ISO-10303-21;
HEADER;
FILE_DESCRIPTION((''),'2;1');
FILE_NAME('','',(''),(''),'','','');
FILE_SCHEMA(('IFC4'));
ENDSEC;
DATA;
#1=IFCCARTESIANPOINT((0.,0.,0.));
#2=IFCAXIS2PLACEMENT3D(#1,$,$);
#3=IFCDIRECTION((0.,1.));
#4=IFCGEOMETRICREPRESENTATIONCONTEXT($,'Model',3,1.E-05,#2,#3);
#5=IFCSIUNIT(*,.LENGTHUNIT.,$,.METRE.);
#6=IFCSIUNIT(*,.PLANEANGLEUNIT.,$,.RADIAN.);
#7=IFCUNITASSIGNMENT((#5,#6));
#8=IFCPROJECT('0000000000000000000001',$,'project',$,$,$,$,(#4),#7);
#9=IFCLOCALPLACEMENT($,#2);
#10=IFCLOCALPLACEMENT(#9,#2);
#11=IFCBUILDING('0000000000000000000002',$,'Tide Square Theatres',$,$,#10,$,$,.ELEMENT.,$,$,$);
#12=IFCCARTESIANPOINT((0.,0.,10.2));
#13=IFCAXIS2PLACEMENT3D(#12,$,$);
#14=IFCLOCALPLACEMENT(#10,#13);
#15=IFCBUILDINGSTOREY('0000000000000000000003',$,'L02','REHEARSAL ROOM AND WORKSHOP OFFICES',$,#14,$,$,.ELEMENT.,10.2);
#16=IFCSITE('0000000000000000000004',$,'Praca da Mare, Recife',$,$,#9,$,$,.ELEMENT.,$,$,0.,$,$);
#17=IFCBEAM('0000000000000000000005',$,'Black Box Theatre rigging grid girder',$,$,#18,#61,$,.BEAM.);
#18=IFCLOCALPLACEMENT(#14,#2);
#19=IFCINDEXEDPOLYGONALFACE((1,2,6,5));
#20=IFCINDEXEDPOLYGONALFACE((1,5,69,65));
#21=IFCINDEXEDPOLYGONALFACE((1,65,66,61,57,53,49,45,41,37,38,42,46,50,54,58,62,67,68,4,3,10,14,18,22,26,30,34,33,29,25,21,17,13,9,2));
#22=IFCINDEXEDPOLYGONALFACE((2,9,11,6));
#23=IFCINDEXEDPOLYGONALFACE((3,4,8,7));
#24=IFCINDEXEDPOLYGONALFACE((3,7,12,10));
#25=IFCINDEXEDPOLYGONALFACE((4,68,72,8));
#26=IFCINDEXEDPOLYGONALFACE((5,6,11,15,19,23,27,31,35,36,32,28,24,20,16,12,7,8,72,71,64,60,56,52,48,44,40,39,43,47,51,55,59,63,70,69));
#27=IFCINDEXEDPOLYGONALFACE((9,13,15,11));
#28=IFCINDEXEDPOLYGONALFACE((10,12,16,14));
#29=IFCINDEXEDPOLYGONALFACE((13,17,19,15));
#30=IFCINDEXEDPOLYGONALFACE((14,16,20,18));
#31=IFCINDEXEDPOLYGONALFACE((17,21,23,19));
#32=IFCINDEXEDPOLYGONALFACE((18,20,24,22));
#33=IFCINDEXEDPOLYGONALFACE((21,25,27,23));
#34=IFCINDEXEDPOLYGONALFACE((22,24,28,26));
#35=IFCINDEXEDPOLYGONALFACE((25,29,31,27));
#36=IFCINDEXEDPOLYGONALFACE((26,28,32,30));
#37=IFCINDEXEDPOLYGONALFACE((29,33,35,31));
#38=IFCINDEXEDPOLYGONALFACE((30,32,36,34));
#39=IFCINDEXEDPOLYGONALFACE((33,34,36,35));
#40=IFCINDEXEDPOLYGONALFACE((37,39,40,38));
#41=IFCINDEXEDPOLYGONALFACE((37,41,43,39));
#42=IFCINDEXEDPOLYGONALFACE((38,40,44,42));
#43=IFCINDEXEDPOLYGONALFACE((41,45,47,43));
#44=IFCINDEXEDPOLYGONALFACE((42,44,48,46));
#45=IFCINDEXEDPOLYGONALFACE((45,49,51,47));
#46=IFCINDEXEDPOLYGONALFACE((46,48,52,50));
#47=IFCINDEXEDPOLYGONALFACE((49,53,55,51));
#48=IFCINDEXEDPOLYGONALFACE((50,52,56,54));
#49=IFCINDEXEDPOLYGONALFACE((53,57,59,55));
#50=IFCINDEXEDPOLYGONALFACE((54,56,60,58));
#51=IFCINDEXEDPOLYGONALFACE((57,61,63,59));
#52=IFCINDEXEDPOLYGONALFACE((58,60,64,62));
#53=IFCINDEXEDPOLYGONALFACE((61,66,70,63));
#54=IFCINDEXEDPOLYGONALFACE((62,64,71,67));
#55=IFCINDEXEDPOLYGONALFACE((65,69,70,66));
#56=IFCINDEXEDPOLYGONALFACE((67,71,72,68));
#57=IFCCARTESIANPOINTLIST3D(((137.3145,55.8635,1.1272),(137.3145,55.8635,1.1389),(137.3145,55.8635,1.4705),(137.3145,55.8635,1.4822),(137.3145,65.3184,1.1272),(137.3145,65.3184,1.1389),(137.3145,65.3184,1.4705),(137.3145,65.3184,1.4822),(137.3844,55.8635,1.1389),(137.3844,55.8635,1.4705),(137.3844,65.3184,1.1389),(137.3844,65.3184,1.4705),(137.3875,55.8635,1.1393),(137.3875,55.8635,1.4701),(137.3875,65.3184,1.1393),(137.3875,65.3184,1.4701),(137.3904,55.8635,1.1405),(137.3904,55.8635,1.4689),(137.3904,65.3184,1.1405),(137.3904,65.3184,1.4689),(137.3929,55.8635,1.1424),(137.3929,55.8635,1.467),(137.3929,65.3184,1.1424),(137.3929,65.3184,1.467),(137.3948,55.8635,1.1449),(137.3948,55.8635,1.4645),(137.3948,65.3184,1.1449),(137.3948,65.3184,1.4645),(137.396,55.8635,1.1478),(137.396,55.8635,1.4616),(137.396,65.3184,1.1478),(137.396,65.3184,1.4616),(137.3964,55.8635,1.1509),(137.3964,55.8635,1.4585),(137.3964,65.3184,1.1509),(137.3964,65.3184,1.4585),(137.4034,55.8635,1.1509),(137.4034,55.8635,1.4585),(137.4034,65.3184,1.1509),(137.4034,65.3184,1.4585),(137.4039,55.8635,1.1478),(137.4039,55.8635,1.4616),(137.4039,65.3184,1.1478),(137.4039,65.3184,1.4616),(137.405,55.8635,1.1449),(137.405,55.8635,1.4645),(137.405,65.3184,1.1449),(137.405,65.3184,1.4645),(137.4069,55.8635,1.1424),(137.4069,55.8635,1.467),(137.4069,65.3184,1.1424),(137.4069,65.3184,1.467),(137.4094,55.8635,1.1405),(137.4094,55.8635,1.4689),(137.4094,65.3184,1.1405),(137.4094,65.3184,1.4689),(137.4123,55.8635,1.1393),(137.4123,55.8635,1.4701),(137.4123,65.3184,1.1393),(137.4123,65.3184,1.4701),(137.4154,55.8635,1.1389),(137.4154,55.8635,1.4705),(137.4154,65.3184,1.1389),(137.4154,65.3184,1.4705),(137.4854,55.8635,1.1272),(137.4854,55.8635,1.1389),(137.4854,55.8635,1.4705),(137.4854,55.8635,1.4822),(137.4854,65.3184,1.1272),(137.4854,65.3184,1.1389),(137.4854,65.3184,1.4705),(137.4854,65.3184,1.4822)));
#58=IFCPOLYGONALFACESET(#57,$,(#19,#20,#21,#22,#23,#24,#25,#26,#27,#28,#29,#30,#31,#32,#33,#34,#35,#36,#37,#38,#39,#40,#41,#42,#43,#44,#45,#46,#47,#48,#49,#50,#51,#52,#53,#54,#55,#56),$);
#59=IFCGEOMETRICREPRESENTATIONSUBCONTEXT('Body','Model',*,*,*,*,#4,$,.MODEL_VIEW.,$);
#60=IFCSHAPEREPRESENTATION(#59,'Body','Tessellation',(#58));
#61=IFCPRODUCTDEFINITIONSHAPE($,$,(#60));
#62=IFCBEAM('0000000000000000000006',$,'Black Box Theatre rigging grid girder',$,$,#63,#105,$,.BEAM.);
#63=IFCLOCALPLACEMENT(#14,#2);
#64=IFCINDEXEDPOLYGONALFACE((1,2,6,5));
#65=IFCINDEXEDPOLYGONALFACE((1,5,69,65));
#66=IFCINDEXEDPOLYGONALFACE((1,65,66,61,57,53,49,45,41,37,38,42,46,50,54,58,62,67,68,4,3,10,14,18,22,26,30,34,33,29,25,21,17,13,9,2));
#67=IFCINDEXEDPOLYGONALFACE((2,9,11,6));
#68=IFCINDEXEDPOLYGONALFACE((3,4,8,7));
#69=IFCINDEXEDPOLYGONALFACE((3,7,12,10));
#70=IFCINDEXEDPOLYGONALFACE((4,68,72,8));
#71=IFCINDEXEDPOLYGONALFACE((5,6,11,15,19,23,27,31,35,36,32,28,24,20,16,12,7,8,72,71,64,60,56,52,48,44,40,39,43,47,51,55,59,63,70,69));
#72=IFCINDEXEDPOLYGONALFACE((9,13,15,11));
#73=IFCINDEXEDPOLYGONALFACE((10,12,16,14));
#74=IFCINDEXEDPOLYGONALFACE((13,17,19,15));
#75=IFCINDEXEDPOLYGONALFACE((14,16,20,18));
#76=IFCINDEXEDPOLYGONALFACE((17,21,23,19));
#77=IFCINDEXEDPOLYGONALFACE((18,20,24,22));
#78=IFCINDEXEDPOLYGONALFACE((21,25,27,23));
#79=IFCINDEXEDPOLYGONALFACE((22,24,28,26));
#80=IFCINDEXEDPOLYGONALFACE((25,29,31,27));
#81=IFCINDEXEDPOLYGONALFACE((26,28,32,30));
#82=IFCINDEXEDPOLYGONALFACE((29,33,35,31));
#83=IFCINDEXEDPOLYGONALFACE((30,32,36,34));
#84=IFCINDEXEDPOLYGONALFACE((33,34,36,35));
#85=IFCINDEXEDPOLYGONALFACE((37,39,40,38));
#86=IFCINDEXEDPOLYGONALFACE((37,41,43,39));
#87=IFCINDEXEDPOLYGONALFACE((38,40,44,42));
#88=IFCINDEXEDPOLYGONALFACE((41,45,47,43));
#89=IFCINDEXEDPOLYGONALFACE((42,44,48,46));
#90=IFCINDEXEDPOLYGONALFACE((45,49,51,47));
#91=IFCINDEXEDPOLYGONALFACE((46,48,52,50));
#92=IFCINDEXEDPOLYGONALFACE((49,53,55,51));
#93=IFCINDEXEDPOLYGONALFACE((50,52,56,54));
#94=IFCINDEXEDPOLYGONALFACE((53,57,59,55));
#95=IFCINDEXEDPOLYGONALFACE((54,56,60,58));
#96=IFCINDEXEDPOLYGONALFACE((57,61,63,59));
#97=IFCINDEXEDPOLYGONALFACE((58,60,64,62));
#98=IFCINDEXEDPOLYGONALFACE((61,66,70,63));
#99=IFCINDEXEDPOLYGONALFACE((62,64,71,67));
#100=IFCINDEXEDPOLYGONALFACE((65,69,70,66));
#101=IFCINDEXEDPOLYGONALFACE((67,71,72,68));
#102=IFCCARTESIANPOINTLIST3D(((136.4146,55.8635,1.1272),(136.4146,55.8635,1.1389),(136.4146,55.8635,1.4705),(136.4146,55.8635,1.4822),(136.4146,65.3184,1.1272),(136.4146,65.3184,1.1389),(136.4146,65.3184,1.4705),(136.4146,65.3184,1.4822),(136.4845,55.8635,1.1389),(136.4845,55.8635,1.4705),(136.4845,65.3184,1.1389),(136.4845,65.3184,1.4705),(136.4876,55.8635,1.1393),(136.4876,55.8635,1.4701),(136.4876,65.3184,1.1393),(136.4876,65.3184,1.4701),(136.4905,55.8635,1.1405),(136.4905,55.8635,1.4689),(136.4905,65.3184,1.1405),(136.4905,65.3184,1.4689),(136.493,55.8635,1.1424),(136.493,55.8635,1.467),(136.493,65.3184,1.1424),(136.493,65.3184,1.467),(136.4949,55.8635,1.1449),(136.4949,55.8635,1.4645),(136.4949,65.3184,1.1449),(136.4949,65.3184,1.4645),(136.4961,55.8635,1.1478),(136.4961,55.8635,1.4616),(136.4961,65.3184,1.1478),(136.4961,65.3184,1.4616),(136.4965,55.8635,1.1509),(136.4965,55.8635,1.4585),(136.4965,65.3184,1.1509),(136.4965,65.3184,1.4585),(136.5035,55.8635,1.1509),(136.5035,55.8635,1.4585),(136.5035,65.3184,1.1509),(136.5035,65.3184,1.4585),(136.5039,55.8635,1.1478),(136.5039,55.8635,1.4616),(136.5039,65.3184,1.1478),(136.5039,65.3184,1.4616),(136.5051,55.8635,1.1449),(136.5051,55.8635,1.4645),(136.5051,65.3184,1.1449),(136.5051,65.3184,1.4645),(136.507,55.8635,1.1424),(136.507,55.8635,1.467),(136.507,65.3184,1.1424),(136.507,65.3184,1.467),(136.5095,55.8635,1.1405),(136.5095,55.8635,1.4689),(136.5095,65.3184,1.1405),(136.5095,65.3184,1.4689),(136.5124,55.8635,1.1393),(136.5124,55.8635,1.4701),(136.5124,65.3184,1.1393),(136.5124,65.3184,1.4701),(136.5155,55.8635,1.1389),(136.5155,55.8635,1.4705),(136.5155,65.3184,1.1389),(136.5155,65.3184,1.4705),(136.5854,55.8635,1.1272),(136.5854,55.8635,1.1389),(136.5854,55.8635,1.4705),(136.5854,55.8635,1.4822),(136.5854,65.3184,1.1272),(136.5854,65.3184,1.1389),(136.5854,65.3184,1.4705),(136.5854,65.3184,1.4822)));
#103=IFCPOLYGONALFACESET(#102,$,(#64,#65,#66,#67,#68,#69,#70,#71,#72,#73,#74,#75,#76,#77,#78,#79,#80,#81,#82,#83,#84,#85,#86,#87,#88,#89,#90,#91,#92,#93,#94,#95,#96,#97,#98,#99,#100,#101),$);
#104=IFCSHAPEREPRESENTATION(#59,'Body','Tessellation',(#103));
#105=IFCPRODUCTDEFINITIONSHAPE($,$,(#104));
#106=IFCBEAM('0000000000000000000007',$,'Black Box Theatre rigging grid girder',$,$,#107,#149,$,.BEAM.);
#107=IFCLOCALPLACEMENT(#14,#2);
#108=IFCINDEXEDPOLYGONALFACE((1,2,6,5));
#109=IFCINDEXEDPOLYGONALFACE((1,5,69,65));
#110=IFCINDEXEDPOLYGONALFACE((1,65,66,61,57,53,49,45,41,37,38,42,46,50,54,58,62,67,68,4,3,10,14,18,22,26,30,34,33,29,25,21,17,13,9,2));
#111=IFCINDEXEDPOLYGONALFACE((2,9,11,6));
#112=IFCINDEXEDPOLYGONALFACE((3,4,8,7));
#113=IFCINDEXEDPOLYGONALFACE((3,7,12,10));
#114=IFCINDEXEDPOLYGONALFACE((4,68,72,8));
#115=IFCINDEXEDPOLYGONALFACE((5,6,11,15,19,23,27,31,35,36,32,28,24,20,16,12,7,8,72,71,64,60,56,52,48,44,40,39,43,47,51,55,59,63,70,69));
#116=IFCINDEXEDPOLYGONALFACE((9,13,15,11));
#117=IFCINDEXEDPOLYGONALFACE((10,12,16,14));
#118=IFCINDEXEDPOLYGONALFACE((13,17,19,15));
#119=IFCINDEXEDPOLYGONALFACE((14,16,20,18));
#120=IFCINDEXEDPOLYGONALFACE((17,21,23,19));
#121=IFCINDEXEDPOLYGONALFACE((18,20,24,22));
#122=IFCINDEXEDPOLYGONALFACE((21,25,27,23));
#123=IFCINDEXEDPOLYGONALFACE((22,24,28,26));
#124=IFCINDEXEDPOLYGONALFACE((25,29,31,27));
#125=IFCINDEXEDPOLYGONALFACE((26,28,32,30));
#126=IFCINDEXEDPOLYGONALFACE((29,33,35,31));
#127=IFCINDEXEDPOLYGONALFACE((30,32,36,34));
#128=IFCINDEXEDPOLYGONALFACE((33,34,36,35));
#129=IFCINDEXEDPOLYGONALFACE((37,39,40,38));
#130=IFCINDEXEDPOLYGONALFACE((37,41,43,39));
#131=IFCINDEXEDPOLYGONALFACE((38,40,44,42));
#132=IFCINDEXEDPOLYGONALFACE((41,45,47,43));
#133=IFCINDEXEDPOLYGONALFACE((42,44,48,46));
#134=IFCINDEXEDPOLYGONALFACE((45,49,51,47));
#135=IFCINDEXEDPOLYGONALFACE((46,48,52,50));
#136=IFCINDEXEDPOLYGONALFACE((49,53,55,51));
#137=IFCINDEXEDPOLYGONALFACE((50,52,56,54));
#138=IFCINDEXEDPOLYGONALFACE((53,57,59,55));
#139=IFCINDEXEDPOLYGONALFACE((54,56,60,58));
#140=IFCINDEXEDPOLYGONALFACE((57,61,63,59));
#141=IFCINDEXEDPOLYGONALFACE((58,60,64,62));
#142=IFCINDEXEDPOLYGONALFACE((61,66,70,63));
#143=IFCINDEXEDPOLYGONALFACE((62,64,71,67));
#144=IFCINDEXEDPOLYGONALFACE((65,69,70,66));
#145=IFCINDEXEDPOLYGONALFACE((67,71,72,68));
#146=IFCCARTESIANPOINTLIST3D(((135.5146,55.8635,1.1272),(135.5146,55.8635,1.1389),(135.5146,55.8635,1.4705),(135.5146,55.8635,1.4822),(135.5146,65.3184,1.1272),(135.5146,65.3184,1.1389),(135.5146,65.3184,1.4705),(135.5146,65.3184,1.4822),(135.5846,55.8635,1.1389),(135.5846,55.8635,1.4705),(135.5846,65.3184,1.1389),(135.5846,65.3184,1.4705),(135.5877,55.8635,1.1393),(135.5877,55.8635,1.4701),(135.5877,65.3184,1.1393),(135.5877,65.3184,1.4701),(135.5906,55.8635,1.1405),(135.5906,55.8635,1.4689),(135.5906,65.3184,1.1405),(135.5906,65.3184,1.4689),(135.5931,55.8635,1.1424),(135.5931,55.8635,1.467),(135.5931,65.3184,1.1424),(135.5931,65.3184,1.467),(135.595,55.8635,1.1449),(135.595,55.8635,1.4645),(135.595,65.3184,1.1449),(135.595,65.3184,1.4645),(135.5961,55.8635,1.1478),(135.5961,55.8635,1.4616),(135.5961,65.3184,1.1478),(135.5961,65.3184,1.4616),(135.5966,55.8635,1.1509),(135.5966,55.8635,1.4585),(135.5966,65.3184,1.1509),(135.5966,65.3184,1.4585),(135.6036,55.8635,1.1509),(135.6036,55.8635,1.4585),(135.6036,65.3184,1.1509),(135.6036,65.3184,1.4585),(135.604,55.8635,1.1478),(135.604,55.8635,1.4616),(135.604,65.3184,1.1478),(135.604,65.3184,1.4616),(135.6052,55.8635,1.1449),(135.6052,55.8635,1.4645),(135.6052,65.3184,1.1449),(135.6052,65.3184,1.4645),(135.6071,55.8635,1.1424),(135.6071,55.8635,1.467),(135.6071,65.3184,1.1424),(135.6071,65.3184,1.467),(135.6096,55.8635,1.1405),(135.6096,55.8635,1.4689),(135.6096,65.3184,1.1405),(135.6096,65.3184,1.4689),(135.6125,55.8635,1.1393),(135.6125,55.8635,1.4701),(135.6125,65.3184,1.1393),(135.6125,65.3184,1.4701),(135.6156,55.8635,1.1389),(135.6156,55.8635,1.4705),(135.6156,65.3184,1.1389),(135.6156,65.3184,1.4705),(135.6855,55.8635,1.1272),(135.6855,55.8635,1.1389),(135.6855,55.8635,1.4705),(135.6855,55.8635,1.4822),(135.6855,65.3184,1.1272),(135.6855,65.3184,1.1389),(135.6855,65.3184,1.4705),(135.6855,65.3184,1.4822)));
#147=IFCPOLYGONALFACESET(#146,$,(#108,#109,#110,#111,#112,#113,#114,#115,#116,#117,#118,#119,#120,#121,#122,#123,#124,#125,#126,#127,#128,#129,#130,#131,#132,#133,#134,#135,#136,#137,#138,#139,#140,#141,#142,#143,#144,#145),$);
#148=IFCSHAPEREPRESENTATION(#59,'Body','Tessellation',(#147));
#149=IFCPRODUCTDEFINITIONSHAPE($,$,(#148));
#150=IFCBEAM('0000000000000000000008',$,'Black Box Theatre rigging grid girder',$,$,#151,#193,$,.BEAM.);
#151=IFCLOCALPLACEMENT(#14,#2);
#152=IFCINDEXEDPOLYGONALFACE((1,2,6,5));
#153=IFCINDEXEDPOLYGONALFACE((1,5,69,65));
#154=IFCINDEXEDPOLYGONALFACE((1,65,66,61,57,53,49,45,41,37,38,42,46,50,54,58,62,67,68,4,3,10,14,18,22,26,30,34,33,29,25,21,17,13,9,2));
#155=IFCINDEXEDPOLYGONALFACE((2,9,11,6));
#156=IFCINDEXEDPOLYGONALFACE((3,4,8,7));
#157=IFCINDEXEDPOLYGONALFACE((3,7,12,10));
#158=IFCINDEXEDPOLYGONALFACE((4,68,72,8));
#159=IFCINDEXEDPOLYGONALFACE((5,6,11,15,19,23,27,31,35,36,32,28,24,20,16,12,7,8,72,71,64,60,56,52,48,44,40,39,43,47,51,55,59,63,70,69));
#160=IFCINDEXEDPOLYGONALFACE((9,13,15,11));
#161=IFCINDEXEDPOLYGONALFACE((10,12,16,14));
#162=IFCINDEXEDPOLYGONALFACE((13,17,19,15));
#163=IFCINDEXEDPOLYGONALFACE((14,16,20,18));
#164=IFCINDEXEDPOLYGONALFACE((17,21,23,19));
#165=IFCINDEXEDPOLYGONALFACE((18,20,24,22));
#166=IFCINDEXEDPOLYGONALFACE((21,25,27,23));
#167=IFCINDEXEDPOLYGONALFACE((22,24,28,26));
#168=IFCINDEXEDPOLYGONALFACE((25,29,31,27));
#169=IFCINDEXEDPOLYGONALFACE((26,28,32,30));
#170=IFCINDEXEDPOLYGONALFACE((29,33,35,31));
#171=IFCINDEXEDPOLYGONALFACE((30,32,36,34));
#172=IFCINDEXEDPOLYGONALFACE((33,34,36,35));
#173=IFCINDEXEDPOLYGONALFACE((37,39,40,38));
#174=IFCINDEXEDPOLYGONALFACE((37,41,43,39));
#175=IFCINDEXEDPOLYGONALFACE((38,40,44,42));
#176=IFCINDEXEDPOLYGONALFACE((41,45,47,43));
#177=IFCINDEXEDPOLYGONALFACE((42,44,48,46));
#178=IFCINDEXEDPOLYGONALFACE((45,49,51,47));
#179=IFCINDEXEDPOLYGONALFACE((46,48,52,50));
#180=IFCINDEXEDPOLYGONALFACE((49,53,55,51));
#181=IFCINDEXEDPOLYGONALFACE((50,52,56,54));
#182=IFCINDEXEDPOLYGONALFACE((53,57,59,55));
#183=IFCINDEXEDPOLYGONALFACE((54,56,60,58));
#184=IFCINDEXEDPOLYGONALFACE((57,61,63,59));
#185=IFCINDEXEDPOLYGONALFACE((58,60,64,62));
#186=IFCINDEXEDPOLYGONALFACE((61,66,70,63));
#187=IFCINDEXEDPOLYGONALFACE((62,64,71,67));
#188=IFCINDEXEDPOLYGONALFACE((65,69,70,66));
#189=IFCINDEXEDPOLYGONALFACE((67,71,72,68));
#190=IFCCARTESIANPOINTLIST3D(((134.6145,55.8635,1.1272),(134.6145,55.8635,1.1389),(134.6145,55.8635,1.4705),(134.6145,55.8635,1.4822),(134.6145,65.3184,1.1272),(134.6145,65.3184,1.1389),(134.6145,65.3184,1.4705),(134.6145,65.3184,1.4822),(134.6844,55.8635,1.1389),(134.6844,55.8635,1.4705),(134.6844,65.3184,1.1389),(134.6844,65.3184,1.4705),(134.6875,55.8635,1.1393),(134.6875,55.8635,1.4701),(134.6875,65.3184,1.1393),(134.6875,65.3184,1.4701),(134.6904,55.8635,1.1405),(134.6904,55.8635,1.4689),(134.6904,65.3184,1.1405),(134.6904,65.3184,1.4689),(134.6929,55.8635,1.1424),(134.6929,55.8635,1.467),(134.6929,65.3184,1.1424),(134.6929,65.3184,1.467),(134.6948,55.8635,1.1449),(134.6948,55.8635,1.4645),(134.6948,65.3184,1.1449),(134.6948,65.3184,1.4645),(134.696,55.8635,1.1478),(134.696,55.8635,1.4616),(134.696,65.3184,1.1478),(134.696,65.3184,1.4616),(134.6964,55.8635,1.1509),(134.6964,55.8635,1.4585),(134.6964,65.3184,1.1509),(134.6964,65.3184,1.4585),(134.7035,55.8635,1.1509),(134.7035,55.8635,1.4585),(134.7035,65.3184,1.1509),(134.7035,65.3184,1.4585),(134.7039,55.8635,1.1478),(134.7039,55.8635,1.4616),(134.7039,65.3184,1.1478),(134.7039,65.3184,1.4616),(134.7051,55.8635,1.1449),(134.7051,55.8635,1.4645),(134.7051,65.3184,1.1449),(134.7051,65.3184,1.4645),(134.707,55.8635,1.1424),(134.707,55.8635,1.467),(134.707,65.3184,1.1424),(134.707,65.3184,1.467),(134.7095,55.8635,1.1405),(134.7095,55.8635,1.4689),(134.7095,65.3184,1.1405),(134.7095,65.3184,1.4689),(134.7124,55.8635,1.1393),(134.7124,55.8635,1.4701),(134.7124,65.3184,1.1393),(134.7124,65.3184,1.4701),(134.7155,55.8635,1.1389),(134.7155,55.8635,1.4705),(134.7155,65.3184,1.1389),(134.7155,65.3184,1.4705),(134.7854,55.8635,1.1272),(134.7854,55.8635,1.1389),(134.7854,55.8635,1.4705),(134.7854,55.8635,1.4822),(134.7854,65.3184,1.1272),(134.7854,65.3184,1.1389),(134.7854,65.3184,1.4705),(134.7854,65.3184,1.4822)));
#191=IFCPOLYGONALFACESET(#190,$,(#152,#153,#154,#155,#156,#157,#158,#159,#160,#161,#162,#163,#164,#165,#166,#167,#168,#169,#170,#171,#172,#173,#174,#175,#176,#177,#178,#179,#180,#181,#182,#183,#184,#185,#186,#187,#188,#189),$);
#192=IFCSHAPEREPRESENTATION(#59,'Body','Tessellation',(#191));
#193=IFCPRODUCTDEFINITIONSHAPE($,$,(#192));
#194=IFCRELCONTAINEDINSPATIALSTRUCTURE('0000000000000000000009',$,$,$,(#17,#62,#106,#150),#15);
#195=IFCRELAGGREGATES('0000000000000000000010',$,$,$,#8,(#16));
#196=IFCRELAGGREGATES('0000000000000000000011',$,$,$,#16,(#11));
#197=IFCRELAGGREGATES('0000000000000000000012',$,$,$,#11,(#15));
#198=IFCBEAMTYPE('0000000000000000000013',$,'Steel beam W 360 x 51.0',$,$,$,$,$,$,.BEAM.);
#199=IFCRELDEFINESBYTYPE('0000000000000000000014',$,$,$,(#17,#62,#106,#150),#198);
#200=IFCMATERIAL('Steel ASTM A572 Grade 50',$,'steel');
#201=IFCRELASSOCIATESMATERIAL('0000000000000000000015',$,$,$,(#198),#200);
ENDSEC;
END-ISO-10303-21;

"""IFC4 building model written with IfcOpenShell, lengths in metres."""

from ifc_helpers import new_model, si_unit, direction, frame, origin, origin_2d, place, context, subcontext, project, spatial, i_section, extrude, material, material_profile, profile_set, type_object, element, save


model = new_model("IFC4")

# Units and contexts
model_context = context("Model", 3, precision=1e-05, world=origin(), true_north=direction((0.0, 1.0)))
body_context = subcontext(model_context, "Body", "Model", "MODEL_VIEW")
ifc_project = project(units=[si_unit("LENGTHUNIT", "METRE"), si_unit("PLANEANGLEUNIT", "RADIAN")], contexts=[model_context])

# Site, building, storey
site_placement = place(None, origin())
site = spatial("IfcSite", under=ifc_project, at=site_placement, Name="Praca da Mare, Recife", CompositionType="ELEMENT", RefElevation=0.0)
building_placement = place(site_placement, origin())
building = spatial("IfcBuilding", under=site, at=building_placement, Name="Tide Square Theatres", CompositionType="ELEMENT")
storey_placement = place(building_placement, frame((0.0, 0.0, 10.2)))
storey = spatial("IfcBuildingStorey", under=building, at=storey_placement, Name="L02", Description="REHEARSAL ROOM AND WORKSHOP OFFICES", CompositionType="ELEMENT", Elevation=10.2)

# Beams
ifc_material_1 = material(Name="Steel ASTM A572 Grade 50", Category="steel")
ifc_material_profile_1 = material_profile(ifc_material_1, i_section(OverallWidth=0.1709, OverallDepth=0.355, WebThickness=0.0071, FlangeThickness=0.0117, FilletRadius=0.012, at=origin_2d()))
ifc_profile_set_1 = profile_set([ifc_material_profile_1], Name="Steel ASTM A572 Grade 50")
beam_type_1 = type_object("IfcBeamType", Name="Steel beam W 360 x 51.0", PredefinedType="BEAM", material=ifc_profile_set_1)
for number, where, z_axis, x_axis, name in (
    (1, (137.3999, 55.8635, 1.3047), (0.0, 1.0, 0.0), (-1.0, 0.0, 0.0), "Black Box Theatre rigging grid girder"),
    (2, (136.5, 55.8635, 1.3047), (0.0, 1.0, 0.0), (-1.0, 0.0, 0.0), "Black Box Theatre rigging grid girder"),
    (3, (135.6001, 55.8635, 1.3047), (0.0, 1.0, 0.0), (-1.0, 0.0, 0.0), "Black Box Theatre rigging grid girder"),
    (4, (134.7, 55.8635, 1.3047), (0.0, 1.0, 0.0), (-1.0, 0.0, 0.0), "Black Box Theatre rigging grid girder"),
):
    element("IfcBeam", number, at=place(storey_placement, frame(where, z_axis=z_axis, x_axis=x_axis)), inside=storey, type_object=beam_type_1, Name=name, PredefinedType="BEAM", context=body_context, shape_type="SweptSolid", body=[
        extrude(i_section(OverallWidth=0.1709, OverallDepth=0.355, WebThickness=0.0071, FlangeThickness=0.0117, FilletRadius=0.012, at=origin_2d()), origin(), (0.0, 0.0, 1.0), 9.4548),
    ])

save(model, "model.ifc")
